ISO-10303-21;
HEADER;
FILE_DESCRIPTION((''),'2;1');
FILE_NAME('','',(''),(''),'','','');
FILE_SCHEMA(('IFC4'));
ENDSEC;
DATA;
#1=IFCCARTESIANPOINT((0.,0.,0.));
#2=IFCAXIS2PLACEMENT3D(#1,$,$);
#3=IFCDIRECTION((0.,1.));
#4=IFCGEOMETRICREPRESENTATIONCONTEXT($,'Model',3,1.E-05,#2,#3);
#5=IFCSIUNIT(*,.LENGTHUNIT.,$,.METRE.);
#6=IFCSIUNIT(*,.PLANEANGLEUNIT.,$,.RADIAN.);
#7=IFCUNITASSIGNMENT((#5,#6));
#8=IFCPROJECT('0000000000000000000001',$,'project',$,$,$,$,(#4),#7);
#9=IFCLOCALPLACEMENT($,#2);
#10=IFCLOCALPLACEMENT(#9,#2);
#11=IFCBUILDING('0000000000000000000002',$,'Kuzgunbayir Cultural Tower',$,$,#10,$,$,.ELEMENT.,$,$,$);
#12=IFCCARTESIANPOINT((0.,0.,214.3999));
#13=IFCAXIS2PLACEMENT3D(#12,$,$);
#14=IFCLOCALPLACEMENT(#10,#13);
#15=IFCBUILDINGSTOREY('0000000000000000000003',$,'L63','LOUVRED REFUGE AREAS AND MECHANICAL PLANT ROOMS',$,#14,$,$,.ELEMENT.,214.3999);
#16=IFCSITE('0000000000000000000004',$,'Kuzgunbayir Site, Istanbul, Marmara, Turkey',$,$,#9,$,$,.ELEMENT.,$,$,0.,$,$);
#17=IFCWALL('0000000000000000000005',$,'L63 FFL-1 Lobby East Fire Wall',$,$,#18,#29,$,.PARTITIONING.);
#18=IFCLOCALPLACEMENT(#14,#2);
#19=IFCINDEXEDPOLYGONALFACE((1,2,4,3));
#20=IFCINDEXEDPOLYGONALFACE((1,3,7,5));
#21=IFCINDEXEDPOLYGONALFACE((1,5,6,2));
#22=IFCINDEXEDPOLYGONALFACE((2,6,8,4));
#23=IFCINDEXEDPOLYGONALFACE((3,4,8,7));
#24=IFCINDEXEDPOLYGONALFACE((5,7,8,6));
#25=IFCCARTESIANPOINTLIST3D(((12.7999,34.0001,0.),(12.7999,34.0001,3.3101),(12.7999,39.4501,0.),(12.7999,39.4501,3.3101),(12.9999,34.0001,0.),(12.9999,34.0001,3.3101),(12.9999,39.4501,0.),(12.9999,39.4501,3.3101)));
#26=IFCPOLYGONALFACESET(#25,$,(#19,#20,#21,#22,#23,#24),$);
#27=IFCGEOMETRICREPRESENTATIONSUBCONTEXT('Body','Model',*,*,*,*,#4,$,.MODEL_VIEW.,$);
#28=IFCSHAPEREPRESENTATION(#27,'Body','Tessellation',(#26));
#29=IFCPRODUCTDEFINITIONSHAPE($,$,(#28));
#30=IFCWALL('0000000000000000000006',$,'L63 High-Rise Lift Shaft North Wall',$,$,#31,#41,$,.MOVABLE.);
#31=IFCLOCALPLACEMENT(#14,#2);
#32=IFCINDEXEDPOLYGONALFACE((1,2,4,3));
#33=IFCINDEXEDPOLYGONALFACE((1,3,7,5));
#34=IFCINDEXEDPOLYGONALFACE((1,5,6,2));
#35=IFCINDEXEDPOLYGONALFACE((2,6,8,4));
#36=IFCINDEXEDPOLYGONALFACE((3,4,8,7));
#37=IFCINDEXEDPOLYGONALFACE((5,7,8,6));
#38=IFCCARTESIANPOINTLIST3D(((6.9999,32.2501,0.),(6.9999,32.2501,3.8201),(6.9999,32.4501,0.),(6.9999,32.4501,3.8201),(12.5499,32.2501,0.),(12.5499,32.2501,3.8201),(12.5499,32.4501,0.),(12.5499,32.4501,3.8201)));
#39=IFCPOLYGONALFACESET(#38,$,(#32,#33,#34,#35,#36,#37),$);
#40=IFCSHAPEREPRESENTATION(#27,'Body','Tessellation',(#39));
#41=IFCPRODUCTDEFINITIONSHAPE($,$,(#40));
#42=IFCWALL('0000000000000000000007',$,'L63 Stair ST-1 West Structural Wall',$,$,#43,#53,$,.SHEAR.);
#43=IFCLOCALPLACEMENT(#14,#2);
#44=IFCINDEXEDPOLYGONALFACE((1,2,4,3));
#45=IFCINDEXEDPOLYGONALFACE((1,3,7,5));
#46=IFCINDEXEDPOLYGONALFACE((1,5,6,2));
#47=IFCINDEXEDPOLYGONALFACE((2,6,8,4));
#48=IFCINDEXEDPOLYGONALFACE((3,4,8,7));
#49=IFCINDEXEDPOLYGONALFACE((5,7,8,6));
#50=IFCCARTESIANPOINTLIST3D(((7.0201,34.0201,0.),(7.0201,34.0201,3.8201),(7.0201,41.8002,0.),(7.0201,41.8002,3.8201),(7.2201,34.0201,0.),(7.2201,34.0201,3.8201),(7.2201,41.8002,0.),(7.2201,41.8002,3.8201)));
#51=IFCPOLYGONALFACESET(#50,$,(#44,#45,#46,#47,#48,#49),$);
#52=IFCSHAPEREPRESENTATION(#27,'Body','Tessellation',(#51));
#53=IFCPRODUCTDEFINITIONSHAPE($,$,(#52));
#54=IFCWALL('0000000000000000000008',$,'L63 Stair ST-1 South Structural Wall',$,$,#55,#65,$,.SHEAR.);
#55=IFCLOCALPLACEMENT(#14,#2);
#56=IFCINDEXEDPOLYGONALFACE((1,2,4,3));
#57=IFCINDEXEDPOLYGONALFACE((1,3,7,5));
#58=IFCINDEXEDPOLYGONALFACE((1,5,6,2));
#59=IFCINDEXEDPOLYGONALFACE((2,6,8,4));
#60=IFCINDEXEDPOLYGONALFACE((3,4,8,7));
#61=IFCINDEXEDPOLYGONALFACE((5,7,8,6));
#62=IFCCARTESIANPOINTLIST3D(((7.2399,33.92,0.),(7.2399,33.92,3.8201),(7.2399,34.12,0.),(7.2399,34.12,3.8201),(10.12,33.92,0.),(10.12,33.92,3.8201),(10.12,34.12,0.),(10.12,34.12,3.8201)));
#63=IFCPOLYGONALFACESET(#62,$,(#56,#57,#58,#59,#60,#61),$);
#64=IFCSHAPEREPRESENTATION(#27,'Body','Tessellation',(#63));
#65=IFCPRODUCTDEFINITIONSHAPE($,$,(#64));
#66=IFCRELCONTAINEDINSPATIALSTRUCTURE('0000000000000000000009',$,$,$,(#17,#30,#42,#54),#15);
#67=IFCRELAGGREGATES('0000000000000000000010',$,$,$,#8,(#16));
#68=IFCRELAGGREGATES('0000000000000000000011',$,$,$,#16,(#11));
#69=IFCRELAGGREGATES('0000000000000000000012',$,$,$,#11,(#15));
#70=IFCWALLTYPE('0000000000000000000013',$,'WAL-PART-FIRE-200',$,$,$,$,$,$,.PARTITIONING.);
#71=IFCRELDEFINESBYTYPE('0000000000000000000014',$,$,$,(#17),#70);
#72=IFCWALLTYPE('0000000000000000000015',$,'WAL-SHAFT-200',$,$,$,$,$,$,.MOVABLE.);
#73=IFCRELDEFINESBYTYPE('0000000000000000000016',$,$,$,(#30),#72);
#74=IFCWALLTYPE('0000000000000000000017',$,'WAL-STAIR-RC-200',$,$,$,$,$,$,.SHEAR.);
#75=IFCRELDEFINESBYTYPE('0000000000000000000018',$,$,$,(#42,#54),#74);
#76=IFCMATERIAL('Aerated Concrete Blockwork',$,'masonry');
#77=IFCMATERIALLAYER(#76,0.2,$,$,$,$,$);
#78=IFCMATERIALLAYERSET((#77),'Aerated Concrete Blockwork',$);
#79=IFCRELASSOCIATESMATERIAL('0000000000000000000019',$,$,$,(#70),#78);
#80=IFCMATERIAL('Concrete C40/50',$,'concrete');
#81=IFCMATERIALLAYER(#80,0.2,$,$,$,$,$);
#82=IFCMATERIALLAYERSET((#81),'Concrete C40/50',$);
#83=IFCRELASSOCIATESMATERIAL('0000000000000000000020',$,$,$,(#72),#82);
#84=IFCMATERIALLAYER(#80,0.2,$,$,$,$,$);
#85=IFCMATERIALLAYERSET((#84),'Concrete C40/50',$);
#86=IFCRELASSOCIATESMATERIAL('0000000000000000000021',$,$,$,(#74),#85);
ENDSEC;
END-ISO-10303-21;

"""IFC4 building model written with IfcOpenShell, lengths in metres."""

from ifc_helpers import new_model, si_unit, direction, frame, frame_2d, origin, place, context, subcontext, project, spatial, rectangle, extrude, material, layer, layer_set, type_object, element, save


model = new_model("IFC4")

# Units and contexts
model_context = context("Model", 3, precision=1e-05, world=origin(), true_north=direction((0.0, 1.0)))
body_context = subcontext(model_context, "Body", "Model", "MODEL_VIEW")
ifc_project = project(units=[si_unit("LENGTHUNIT", "METRE"), si_unit("PLANEANGLEUNIT", "RADIAN")], contexts=[model_context])

# Site, building, storey
site_placement = place(None, origin())
site = spatial("IfcSite", under=ifc_project, at=site_placement, Name="Kuzgunbayir Site, Istanbul, Marmara, Turkey", CompositionType="ELEMENT", RefElevation=0.0)
building_placement = place(site_placement, origin())
building = spatial("IfcBuilding", under=site, at=building_placement, Name="Kuzgunbayir Cultural Tower", CompositionType="ELEMENT")
storey_placement = place(building_placement, frame((0.0, 0.0, 214.3999)))
storey = spatial("IfcBuildingStorey", under=building, at=storey_placement, Name="L63", Description="LOUVRED REFUGE AREAS AND MECHANICAL PLANT ROOMS", CompositionType="ELEMENT", Elevation=214.3999)

# Wall
ifc_material_1 = material(Name="Aerated Concrete Blockwork", Category="masonry")
ifc_layer_1 = layer(ifc_material_1, 0.2)
ifc_layer_set_1 = layer_set([ifc_layer_1], Name="Aerated Concrete Blockwork")
wall_type_1 = type_object("IfcWallType", Name="WAL-PART-FIRE-200", PredefinedType="PARTITIONING", material=ifc_layer_set_1)
wall_1_placement = place(storey_placement, frame((12.8999, 34.0, 0.0), z_axis=(0.0, 0.0, 1.0), x_axis=(0.0, 1.0, 0.0)))
element("IfcWall", 1, at=wall_1_placement, inside=storey, type_object=wall_type_1, Name="L63 FFL-1 Lobby East Fire Wall", PredefinedType="PARTITIONING", context=body_context, shape_type="SweptSolid", body=[
    extrude(rectangle(XDim=5.45, YDim=0.2, at=frame_2d((2.7251, 0.0))), origin(), (0.0, 0.0, 1.0), 3.3101),
])

# Walls
ifc_material_2 = material(Name="Concrete C40/50", Category="concrete")
ifc_layer_2 = layer(ifc_material_2, 0.2)
ifc_layer_set_2 = layer_set([ifc_layer_2], Name="Concrete C40/50")
wall_type_2 = type_object("IfcWallType", Name="WAL-SHAFT-200", PredefinedType="MOVABLE", material=ifc_layer_set_2)
wall_2_placement = place(storey_placement, frame((7.0, 32.3501, 0.0), z_axis=(0.0, 0.0, 1.0), x_axis=(1.0, 0.0, 0.0)))
element("IfcWall", 2, at=wall_2_placement, inside=storey, type_object=wall_type_2, Name="L63 High-Rise Lift Shaft North Wall", PredefinedType="MOVABLE", context=body_context, shape_type="SweptSolid", body=[
    extrude(rectangle(XDim=5.55, YDim=0.2, at=frame_2d((2.7749, 0.0))), origin(), (0.0, 0.0, 1.0), 3.8201),
])
ifc_layer_3 = layer(ifc_material_2, 0.2)
ifc_layer_set_3 = layer_set([ifc_layer_3], Name="Concrete C40/50")
wall_type_3 = type_object("IfcWallType", Name="WAL-STAIR-RC-200", PredefinedType="SHEAR", material=ifc_layer_set_3)
wall_3_placement = place(storey_placement, frame((7.1201, 34.02, 0.0), z_axis=(0.0, 0.0, 1.0), x_axis=(0.0, 1.0, 0.0)))
element("IfcWall", 3, at=wall_3_placement, inside=storey, type_object=wall_type_3, Name="L63 Stair ST-1 West Structural Wall", PredefinedType="SHEAR", context=body_context, shape_type="SweptSolid", body=[
    extrude(rectangle(XDim=7.78, YDim=0.2, at=frame_2d((3.8901, 0.0))), origin(), (0.0, 0.0, 1.0), 3.8201),
])
wall_4_placement = place(storey_placement, frame((7.24, 34.02, 0.0), z_axis=(0.0, 0.0, 1.0), x_axis=(1.0, 0.0, 0.0)))
element("IfcWall", 4, at=wall_4_placement, inside=storey, type_object=wall_type_3, Name="L63 Stair ST-1 South Structural Wall", PredefinedType="SHEAR", context=body_context, shape_type="SweptSolid", body=[
    extrude(rectangle(XDim=2.8801, YDim=0.2, at=frame_2d((1.4399, 0.0))), origin(), (0.0, 0.0, 1.0), 3.8201),
])

save(model, "model.ifc")
